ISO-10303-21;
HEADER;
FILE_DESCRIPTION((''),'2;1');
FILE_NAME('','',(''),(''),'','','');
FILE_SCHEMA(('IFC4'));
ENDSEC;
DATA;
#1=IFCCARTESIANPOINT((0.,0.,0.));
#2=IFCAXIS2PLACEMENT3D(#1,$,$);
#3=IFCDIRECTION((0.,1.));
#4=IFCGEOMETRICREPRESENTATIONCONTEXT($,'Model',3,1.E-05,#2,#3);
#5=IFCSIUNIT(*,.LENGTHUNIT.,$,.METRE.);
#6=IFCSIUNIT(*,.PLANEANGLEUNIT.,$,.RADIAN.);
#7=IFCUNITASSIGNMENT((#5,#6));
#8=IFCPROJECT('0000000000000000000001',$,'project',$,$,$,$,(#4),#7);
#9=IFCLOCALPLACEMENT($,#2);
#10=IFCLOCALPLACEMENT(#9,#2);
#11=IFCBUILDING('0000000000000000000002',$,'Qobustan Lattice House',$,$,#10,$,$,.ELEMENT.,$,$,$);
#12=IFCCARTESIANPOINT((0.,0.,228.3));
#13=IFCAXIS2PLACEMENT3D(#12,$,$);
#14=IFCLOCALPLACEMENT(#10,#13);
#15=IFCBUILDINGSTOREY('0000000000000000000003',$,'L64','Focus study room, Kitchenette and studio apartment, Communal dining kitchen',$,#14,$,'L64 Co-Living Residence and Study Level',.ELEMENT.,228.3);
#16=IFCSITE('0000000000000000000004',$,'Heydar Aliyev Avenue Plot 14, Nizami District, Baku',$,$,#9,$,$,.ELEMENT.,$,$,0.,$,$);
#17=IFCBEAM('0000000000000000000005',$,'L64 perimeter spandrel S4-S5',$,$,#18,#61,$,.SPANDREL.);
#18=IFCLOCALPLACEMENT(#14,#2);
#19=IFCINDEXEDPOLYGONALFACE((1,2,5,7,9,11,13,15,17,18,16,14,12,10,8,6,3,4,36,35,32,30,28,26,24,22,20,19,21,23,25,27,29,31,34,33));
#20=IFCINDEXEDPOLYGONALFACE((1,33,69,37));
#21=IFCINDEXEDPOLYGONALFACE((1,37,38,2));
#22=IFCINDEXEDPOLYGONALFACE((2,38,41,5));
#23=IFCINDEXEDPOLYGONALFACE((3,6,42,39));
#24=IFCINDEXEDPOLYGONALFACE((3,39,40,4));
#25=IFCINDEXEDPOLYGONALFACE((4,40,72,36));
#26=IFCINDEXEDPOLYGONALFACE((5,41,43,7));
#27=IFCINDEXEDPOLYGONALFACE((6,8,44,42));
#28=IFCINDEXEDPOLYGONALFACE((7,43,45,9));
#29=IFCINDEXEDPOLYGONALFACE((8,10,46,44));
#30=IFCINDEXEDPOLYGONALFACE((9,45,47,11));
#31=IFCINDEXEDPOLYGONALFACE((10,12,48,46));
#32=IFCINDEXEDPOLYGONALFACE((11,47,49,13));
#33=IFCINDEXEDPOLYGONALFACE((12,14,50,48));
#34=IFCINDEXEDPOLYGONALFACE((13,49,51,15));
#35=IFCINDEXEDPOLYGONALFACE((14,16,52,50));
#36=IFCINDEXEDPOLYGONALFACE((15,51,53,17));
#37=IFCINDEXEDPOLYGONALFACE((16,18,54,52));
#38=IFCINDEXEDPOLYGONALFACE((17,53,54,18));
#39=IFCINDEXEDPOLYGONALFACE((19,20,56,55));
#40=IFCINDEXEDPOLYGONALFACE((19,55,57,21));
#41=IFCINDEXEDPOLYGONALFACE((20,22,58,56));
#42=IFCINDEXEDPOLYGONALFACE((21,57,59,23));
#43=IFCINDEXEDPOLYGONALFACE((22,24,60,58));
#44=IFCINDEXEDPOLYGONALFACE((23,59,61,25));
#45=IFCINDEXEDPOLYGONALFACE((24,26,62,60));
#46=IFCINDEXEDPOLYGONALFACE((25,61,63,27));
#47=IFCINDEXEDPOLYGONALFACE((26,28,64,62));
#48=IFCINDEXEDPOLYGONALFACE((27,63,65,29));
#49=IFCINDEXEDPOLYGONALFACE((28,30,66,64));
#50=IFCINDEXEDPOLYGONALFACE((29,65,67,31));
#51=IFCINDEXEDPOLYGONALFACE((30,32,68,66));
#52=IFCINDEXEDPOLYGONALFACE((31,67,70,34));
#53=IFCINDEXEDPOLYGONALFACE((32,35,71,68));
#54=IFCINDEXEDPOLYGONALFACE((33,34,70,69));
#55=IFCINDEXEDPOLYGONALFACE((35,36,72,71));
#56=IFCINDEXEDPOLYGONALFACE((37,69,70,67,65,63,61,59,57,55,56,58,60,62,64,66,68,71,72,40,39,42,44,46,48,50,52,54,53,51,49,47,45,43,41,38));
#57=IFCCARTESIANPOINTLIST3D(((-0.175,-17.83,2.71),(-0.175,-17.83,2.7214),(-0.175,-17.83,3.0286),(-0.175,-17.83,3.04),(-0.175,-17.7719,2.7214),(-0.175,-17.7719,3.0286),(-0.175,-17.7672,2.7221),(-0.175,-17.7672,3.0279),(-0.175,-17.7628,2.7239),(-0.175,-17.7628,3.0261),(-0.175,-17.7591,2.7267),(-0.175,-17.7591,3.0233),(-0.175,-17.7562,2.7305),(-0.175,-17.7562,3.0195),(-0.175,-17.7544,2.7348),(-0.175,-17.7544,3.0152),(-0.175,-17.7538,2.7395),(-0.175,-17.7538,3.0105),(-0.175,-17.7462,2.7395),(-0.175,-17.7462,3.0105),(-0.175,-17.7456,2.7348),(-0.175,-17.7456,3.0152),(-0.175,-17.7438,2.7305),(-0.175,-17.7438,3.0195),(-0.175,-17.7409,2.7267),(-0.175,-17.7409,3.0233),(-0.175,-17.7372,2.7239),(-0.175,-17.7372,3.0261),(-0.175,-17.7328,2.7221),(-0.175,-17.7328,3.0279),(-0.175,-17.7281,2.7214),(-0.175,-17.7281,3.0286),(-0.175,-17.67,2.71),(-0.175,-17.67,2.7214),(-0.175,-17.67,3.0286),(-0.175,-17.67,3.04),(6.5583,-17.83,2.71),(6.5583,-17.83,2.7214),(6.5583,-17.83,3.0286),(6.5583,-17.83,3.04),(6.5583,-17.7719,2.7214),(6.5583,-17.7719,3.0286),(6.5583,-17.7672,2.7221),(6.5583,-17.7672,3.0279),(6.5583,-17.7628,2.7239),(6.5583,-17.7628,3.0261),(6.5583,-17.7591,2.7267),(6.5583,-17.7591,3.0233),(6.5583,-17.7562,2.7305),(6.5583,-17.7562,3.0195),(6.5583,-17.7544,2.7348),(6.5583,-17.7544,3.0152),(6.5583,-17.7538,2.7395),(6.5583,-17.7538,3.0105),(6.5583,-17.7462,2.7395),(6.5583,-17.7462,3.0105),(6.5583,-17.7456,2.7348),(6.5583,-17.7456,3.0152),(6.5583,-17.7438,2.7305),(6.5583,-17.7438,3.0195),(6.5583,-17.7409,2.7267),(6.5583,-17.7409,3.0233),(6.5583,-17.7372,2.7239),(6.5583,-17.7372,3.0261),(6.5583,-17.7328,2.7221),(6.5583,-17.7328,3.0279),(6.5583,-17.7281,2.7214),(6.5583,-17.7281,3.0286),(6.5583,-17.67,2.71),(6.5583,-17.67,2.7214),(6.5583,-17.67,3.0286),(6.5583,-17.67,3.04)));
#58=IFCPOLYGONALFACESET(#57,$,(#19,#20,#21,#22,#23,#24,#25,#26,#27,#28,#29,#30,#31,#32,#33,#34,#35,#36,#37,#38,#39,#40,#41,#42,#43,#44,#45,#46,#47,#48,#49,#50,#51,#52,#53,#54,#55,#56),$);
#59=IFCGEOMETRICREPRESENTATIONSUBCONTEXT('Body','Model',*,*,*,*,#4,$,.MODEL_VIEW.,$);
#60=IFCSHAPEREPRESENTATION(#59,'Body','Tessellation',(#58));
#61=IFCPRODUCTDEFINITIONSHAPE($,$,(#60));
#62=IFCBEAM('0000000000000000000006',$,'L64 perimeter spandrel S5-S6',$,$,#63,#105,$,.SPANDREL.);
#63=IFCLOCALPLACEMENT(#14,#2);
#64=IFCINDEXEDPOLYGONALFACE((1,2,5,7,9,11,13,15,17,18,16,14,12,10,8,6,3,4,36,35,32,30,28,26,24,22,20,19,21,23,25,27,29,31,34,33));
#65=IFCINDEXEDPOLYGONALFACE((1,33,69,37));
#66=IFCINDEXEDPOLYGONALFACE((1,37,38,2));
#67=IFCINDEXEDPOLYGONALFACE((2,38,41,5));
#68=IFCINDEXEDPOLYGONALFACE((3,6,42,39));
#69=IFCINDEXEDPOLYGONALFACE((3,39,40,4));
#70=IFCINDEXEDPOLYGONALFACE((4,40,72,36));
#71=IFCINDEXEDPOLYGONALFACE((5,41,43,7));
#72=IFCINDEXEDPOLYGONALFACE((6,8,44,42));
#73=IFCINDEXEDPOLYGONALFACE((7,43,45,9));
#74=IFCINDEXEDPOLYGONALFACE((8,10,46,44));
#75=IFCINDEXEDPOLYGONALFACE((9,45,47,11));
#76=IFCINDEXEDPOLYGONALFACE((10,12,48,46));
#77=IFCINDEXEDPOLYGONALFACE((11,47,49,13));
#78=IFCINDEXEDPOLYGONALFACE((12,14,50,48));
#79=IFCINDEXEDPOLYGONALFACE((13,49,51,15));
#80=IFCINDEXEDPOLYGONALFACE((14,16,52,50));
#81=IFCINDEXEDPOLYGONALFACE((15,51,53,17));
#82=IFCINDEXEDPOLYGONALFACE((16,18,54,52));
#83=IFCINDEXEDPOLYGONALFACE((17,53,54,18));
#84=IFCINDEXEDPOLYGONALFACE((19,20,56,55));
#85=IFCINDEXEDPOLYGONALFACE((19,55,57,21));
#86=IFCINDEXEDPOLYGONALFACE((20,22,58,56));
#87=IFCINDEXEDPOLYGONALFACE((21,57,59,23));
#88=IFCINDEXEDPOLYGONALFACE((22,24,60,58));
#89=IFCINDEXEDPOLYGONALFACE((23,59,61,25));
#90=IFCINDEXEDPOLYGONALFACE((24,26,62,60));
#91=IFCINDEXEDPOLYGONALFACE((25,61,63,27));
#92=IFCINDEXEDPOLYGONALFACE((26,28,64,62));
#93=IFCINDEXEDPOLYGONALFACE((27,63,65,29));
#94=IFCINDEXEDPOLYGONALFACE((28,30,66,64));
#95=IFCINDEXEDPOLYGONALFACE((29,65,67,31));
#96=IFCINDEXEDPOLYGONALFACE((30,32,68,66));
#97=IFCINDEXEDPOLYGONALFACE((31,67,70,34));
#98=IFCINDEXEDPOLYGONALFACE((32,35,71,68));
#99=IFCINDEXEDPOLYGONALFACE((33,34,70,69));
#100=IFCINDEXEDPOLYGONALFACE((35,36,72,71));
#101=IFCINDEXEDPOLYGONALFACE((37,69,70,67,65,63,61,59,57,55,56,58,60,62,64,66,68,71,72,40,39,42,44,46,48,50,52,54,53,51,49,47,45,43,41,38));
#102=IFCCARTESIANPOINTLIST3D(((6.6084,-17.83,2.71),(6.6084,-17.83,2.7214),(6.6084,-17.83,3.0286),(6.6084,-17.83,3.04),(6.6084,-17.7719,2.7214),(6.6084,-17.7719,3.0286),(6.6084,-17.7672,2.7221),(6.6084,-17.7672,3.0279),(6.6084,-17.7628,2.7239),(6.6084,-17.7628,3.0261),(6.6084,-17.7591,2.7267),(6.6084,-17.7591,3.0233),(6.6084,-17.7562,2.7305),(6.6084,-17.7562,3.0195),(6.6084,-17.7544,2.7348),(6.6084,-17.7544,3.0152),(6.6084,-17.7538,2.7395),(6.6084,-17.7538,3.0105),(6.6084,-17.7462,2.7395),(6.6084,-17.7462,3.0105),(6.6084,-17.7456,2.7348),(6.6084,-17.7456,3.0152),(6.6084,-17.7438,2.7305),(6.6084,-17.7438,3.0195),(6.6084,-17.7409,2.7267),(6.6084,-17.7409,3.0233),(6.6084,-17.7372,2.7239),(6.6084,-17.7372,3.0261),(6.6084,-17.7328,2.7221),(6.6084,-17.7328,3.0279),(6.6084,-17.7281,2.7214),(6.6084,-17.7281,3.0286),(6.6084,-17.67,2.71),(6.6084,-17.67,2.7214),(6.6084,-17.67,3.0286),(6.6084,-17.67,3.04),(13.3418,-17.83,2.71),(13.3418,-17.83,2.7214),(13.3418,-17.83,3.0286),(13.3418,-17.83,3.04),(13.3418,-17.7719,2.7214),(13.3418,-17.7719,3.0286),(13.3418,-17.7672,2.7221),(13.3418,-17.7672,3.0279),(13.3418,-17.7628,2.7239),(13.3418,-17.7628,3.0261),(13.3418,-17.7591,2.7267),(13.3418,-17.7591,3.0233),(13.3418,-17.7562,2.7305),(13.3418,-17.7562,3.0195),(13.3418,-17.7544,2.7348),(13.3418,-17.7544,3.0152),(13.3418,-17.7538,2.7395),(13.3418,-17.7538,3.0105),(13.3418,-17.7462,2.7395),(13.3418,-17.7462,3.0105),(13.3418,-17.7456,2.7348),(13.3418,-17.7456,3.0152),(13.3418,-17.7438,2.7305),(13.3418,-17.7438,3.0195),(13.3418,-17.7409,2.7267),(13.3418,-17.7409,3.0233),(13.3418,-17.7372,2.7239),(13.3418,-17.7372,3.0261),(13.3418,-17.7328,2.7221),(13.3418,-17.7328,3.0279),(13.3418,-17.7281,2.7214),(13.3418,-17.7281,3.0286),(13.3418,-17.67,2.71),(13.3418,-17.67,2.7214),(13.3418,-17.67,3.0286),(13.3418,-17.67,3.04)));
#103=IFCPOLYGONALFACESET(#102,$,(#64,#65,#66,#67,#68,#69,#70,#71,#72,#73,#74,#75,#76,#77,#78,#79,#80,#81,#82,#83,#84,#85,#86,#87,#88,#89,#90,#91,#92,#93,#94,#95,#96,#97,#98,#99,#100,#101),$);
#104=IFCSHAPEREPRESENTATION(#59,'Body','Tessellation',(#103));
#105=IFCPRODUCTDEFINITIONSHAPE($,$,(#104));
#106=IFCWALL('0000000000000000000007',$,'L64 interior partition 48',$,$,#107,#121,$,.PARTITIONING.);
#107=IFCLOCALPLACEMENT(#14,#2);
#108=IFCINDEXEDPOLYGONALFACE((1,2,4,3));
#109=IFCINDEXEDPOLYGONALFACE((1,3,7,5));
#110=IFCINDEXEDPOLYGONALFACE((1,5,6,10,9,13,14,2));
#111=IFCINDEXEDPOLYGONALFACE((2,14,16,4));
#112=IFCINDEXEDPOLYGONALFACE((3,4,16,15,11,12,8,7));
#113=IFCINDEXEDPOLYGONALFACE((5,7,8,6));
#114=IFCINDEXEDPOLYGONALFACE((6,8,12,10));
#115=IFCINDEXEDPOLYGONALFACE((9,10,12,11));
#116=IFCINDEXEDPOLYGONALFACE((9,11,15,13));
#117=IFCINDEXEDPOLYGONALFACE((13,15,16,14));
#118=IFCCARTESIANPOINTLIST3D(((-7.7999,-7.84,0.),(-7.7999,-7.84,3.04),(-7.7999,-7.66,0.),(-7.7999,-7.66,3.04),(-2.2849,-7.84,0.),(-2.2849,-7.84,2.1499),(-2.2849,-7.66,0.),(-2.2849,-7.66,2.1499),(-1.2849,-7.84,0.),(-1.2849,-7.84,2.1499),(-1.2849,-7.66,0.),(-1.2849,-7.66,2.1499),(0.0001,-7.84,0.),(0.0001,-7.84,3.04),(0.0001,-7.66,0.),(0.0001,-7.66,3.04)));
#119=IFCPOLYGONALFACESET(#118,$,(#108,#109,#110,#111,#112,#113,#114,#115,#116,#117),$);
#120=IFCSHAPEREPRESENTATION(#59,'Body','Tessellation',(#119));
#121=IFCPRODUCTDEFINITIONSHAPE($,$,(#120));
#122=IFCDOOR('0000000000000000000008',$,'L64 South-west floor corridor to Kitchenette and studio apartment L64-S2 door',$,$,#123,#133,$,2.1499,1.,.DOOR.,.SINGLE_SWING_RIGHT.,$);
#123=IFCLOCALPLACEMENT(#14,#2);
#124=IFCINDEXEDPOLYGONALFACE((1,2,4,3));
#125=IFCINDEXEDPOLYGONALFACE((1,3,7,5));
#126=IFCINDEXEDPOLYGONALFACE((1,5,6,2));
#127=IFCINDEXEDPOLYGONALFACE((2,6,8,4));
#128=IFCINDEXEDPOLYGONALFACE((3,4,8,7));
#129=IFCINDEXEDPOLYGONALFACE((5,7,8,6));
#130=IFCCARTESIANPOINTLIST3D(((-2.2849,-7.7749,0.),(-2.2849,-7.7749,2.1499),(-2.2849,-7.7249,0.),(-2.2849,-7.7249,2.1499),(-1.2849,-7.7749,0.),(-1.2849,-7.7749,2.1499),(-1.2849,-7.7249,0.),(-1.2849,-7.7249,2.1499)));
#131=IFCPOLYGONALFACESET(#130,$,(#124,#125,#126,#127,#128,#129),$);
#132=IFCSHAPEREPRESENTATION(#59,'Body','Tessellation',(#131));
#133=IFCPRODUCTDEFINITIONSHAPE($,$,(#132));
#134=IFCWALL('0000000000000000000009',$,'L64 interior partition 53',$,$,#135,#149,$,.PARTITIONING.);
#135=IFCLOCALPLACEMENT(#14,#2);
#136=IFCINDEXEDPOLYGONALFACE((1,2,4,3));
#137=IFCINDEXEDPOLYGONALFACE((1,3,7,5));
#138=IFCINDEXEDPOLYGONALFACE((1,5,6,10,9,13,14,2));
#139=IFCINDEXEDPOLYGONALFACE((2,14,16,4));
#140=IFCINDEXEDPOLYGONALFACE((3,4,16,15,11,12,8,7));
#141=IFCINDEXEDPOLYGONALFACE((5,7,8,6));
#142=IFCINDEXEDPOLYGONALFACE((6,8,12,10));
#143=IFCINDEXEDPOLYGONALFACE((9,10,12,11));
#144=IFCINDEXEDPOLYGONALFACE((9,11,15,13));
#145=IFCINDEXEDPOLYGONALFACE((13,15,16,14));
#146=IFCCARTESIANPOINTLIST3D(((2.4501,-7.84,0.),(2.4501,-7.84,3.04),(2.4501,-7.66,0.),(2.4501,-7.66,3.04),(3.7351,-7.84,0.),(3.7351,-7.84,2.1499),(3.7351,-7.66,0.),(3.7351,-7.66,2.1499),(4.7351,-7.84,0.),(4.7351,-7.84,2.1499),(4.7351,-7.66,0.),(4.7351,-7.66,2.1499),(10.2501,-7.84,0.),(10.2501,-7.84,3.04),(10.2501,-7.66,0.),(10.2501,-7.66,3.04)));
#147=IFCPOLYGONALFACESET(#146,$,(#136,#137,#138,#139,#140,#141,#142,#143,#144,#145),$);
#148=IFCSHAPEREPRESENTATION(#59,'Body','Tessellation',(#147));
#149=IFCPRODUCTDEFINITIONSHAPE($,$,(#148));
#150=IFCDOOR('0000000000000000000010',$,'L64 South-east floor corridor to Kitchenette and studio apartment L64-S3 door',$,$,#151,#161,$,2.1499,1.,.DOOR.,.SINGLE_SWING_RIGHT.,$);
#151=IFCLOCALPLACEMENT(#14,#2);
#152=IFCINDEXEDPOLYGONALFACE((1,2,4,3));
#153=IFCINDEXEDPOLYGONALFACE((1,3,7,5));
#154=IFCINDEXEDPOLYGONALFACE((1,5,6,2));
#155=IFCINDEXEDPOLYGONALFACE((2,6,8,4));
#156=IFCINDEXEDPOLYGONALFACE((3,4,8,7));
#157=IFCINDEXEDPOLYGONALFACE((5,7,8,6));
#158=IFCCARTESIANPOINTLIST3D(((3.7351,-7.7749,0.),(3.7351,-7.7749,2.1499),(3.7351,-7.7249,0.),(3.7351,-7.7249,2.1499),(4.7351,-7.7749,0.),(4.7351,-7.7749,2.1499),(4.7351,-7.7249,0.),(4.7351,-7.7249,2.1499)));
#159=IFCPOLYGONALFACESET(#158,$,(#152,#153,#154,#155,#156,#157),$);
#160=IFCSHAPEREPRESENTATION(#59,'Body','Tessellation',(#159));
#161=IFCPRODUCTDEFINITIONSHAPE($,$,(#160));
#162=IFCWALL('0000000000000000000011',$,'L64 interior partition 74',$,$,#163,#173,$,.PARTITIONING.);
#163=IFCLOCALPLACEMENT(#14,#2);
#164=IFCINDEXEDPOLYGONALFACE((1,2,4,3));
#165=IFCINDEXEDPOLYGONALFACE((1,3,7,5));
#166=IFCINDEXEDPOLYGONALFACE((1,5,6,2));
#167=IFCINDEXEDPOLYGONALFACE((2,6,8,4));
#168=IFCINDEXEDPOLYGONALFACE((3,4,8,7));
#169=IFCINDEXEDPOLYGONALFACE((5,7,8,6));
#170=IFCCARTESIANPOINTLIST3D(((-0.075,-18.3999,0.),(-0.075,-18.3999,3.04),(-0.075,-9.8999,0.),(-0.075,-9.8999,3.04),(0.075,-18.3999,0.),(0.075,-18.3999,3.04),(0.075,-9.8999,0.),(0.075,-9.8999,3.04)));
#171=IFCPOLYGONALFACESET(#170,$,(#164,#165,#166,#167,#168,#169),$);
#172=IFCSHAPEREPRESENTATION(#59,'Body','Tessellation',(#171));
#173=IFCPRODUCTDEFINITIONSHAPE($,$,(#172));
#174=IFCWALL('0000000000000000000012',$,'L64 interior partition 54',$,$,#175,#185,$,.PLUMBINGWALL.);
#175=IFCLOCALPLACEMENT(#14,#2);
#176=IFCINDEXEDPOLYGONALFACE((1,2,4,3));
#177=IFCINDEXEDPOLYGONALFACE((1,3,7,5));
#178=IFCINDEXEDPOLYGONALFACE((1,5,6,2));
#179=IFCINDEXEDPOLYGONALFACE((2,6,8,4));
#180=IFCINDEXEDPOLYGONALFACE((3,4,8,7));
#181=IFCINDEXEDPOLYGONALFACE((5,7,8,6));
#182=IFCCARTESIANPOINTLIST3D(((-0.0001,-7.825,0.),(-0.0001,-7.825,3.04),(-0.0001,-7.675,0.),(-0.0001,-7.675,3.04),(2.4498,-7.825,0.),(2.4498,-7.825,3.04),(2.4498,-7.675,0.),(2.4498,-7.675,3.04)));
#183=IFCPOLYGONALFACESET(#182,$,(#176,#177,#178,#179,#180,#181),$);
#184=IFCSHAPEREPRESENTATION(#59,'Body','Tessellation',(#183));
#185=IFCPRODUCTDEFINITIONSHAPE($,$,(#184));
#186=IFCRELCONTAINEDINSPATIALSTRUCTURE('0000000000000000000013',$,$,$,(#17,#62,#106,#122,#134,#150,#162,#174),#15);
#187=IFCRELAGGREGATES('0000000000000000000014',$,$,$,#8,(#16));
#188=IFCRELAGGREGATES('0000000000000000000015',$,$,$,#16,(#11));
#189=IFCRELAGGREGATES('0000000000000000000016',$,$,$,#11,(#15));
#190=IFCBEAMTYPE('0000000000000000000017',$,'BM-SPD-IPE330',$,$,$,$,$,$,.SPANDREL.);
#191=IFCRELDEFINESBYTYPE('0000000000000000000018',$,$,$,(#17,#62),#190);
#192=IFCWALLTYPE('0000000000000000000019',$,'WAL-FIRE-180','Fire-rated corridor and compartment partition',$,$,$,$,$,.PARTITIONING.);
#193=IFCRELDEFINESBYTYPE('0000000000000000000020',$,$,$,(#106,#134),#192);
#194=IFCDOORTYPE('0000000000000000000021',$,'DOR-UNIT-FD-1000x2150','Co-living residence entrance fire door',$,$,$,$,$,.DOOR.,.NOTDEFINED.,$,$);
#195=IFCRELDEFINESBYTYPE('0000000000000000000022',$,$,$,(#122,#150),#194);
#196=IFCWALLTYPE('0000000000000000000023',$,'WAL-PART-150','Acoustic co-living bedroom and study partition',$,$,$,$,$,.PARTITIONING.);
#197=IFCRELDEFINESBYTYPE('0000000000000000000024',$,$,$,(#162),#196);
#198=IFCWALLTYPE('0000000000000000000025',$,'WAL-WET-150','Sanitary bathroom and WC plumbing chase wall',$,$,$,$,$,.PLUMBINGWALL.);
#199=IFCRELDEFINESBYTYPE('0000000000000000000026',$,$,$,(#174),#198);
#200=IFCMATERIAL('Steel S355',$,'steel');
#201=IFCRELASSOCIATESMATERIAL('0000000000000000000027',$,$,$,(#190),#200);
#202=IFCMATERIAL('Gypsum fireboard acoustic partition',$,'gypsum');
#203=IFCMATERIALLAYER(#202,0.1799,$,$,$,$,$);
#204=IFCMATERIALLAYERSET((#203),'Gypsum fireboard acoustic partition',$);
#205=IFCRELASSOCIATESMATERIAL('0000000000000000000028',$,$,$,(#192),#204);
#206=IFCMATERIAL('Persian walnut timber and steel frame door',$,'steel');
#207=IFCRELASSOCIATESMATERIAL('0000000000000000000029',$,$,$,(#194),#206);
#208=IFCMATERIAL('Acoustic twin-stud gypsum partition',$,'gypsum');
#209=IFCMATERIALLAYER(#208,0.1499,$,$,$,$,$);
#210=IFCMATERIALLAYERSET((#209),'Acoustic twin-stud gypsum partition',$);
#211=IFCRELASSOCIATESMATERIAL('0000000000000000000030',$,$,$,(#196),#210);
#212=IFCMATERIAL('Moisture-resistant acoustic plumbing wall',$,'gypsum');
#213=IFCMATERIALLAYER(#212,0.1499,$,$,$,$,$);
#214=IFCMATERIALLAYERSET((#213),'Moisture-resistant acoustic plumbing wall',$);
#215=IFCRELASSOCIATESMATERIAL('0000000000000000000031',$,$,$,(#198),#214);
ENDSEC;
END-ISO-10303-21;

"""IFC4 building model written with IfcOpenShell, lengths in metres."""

from ifc_helpers import new_model, si_unit, direction, frame, frame_2d, origin, origin_2d, place, context, subcontext, project, spatial, rectangle, i_section, extrude, material, layer, layer_set, material_profile, profile_set, type_object, element, fill, save


model = new_model("IFC4")

# Units and contexts
model_context = context("Model", 3, precision=1e-05, world=origin(), true_north=direction((0.0, 1.0)))
body_context = subcontext(model_context, "Body", "Model", "MODEL_VIEW")
ifc_project = project(units=[si_unit("LENGTHUNIT", "METRE"), si_unit("PLANEANGLEUNIT", "RADIAN")], contexts=[model_context])

# Site, building, storey
site_placement = place(None, origin())
site = spatial("IfcSite", under=ifc_project, at=site_placement, Name="Heydar Aliyev Avenue Plot 14, Nizami District, Baku", CompositionType="ELEMENT", RefElevation=0.0)
building_placement = place(site_placement, origin())
building = spatial("IfcBuilding", under=site, at=building_placement, Name="Qobustan Lattice House", CompositionType="ELEMENT")
storey_placement = place(building_placement, frame((0.0, 0.0, 228.3)))
storey = spatial("IfcBuildingStorey", under=building, at=storey_placement, Name="L64", Description="Focus study room, Kitchenette and studio apartment, Communal dining kitchen", LongName="L64 Co-Living Residence and Study Level", CompositionType="ELEMENT", Elevation=228.3)

# Beams
ifc_material_1 = material(Name="Steel S355", Category="steel")
ifc_material_profile_1 = material_profile(ifc_material_1, i_section(OverallWidth=0.1599, OverallDepth=0.3301, WebThickness=0.0076, FlangeThickness=0.0115, FilletRadius=0.0181, at=origin_2d()), Name="IPE330")
ifc_profile_set_1 = profile_set([ifc_material_profile_1], Name="Steel S355")
beam_type_1 = type_object("IfcBeamType", Name="BM-SPD-IPE330", PredefinedType="SPANDREL", material=ifc_profile_set_1)
for number, where, z_axis, x_axis, name in (
    (1, (-0.175, -17.75, 2.875), (1.0, 0.0, 0.0), (0.0, 1.0, 0.0), "L64 perimeter spandrel S4-S5"),
    (2, (6.6084, -17.75, 2.875), (1.0, 0.0, 0.0), (0.0, 1.0, 0.0), "L64 perimeter spandrel S5-S6"),
):
    element("IfcBeam", number, at=place(storey_placement, frame(where, z_axis=z_axis, x_axis=x_axis)), inside=storey, type_object=beam_type_1, Name=name, PredefinedType="SPANDREL", context=body_context, shape_type="SweptSolid", body=[
        extrude(i_section(OverallWidth=0.1599, OverallDepth=0.3301, WebThickness=0.0076, FlangeThickness=0.0115, FilletRadius=0.0181, at=origin_2d()), origin(), (0.0, 0.0, 1.0), 6.7334),
    ])

# Walls, openings, doors
ifc_material_2 = material(Name="Gypsum fireboard acoustic partition", Category="gypsum")
ifc_layer_1 = layer(ifc_material_2, 0.1799)
ifc_layer_set_1 = layer_set([ifc_layer_1], Name="Gypsum fireboard acoustic partition")
wall_type_1 = type_object("IfcWallType", Name="WAL-FIRE-180", Description="Fire-rated corridor and compartment partition", PredefinedType="PARTITIONING", material=ifc_layer_set_1)
wall_1_placement = place(storey_placement, frame((0.0, -7.75, 0.0), z_axis=(0.0, 0.0, 1.0), x_axis=(-1.0, 0.0, 0.0)))
wall_1 = element("IfcWall", 3, at=wall_1_placement, inside=storey, type_object=wall_type_1, Name="L64 interior partition 48", PredefinedType="PARTITIONING", context=body_context, shape_type="SweptSolid", body=[
    extrude(rectangle(XDim=7.8, YDim=0.1799, at=frame_2d((3.8999, 0.0))), origin(), (0.0, 0.0, 1.0), 3.04),
])
opening_1_placement = place(wall_1_placement, frame((1.2849, 0.0, 0.0)))
opening_1 = element("IfcOpeningElement", 4, at=opening_1_placement, cuts=wall_1, PredefinedType="OPENING", context=body_context, shape_type="SweptSolid", body=[
    extrude(rectangle(XDim=1.0, YDim=2.1499, at=frame_2d((0.5, 1.075))), frame((0.0, 0.0999, 0.0), z_axis=(0.0, -1.0, 0.0), x_axis=(1.0, 0.0, 0.0)), (0.0, 0.0, 1.0), 0.2),
])
ifc_material_3 = material(Name="Persian walnut timber and steel frame door", Category="steel")
door_type_1 = type_object("IfcDoorType", Name="DOR-UNIT-FD-1000x2150", Description="Co-living residence entrance fire door", OperationType="NOTDEFINED", PredefinedType="DOOR", material=ifc_material_3)
door_1_placement = place(opening_1_placement, origin())
door_1 = element("IfcDoor", 5, at=door_1_placement, inside=storey, type_object=door_type_1, Name="L64 South-west floor corridor to Kitchenette and studio apartment L64-S2 door", OperationType="SINGLE_SWING_RIGHT", OverallHeight=2.1499, OverallWidth=1.0, PredefinedType="DOOR", context=body_context, shape_type="SweptSolid", body=[
    extrude(rectangle(XDim=1.0, YDim=2.1499, at=frame_2d((0.5, 1.075))), frame((0.0, 0.0249, 0.0), z_axis=(0.0, -1.0, 0.0), x_axis=(1.0, 0.0, 0.0)), (0.0, 0.0, 1.0), 0.05),
])
fill(opening_1, door_1)
wall_2_placement = place(storey_placement, frame((10.25, -7.75, 0.0), z_axis=(0.0, 0.0, 1.0), x_axis=(-1.0, 0.0, 0.0)))
wall_2 = element("IfcWall", 6, at=wall_2_placement, inside=storey, type_object=wall_type_1, Name="L64 interior partition 53", PredefinedType="PARTITIONING", context=body_context, shape_type="SweptSolid", body=[
    extrude(rectangle(XDim=7.8, YDim=0.1799, at=frame_2d((3.8999, 0.0))), origin(), (0.0, 0.0, 1.0), 3.04),
])
opening_2_placement = place(wall_2_placement, frame((5.5149, 0.0, 0.0)))
opening_2 = element("IfcOpeningElement", 7, at=opening_2_placement, cuts=wall_2, PredefinedType="OPENING", context=body_context, shape_type="SweptSolid", body=[
    extrude(rectangle(XDim=1.0, YDim=2.1499, at=frame_2d((0.5, 1.075))), frame((0.0, 0.0999, 0.0), z_axis=(0.0, -1.0, 0.0), x_axis=(1.0, 0.0, 0.0)), (0.0, 0.0, 1.0), 0.2),
])
door_2_placement = place(opening_2_placement, origin())
door_2 = element("IfcDoor", 8, at=door_2_placement, inside=storey, type_object=door_type_1, Name="L64 South-east floor corridor to Kitchenette and studio apartment L64-S3 door", OperationType="SINGLE_SWING_RIGHT", OverallHeight=2.1499, OverallWidth=1.0, PredefinedType="DOOR", context=body_context, shape_type="SweptSolid", body=[
    extrude(rectangle(XDim=1.0, YDim=2.1499, at=frame_2d((0.5, 1.075))), frame((0.0, 0.0249, 0.0), z_axis=(0.0, -1.0, 0.0), x_axis=(1.0, 0.0, 0.0)), (0.0, 0.0, 1.0), 0.05),
])
fill(opening_2, door_2)

# Walls
ifc_material_4 = material(Name="Acoustic twin-stud gypsum partition", Category="gypsum")
ifc_layer_2 = layer(ifc_material_4, 0.1499)
ifc_layer_set_2 = layer_set([ifc_layer_2], Name="Acoustic twin-stud gypsum partition")
wall_type_2 = type_object("IfcWallType", Name="WAL-PART-150", Description="Acoustic co-living bedroom and study partition", PredefinedType="PARTITIONING", material=ifc_layer_set_2)
wall_3_placement = place(storey_placement, frame((0.0, -9.8999, 0.0), z_axis=(0.0, 0.0, 1.0), x_axis=(0.0, -1.0, 0.0)))
element("IfcWall", 9, at=wall_3_placement, inside=storey, type_object=wall_type_2, Name="L64 interior partition 74", PredefinedType="PARTITIONING", context=body_context, shape_type="SweptSolid", body=[
    extrude(rectangle(XDim=8.5, YDim=0.1499, at=frame_2d((4.25, 0.0))), origin(), (0.0, 0.0, 1.0), 3.04),
])
ifc_material_5 = material(Name="Moisture-resistant acoustic plumbing wall", Category="gypsum")
ifc_layer_3 = layer(ifc_material_5, 0.1499)
ifc_layer_set_3 = layer_set([ifc_layer_3], Name="Moisture-resistant acoustic plumbing wall")
wall_type_3 = type_object("IfcWallType", Name="WAL-WET-150", Description="Sanitary bathroom and WC plumbing chase wall", PredefinedType="PLUMBINGWALL", material=ifc_layer_set_3)
wall_4_placement = place(storey_placement, frame((2.45, -7.75, 0.0), z_axis=(0.0, 0.0, 1.0), x_axis=(-1.0, 0.0, 0.0)))
element("IfcWall", 10, at=wall_4_placement, inside=storey, type_object=wall_type_3, Name="L64 interior partition 54", PredefinedType="PLUMBINGWALL", context=body_context, shape_type="SweptSolid", body=[
    extrude(rectangle(XDim=2.45, YDim=0.1499, at=frame_2d((1.2251, 0.0))), origin(), (0.0, 0.0, 1.0), 3.04),
])

save(model, "model.ifc")
